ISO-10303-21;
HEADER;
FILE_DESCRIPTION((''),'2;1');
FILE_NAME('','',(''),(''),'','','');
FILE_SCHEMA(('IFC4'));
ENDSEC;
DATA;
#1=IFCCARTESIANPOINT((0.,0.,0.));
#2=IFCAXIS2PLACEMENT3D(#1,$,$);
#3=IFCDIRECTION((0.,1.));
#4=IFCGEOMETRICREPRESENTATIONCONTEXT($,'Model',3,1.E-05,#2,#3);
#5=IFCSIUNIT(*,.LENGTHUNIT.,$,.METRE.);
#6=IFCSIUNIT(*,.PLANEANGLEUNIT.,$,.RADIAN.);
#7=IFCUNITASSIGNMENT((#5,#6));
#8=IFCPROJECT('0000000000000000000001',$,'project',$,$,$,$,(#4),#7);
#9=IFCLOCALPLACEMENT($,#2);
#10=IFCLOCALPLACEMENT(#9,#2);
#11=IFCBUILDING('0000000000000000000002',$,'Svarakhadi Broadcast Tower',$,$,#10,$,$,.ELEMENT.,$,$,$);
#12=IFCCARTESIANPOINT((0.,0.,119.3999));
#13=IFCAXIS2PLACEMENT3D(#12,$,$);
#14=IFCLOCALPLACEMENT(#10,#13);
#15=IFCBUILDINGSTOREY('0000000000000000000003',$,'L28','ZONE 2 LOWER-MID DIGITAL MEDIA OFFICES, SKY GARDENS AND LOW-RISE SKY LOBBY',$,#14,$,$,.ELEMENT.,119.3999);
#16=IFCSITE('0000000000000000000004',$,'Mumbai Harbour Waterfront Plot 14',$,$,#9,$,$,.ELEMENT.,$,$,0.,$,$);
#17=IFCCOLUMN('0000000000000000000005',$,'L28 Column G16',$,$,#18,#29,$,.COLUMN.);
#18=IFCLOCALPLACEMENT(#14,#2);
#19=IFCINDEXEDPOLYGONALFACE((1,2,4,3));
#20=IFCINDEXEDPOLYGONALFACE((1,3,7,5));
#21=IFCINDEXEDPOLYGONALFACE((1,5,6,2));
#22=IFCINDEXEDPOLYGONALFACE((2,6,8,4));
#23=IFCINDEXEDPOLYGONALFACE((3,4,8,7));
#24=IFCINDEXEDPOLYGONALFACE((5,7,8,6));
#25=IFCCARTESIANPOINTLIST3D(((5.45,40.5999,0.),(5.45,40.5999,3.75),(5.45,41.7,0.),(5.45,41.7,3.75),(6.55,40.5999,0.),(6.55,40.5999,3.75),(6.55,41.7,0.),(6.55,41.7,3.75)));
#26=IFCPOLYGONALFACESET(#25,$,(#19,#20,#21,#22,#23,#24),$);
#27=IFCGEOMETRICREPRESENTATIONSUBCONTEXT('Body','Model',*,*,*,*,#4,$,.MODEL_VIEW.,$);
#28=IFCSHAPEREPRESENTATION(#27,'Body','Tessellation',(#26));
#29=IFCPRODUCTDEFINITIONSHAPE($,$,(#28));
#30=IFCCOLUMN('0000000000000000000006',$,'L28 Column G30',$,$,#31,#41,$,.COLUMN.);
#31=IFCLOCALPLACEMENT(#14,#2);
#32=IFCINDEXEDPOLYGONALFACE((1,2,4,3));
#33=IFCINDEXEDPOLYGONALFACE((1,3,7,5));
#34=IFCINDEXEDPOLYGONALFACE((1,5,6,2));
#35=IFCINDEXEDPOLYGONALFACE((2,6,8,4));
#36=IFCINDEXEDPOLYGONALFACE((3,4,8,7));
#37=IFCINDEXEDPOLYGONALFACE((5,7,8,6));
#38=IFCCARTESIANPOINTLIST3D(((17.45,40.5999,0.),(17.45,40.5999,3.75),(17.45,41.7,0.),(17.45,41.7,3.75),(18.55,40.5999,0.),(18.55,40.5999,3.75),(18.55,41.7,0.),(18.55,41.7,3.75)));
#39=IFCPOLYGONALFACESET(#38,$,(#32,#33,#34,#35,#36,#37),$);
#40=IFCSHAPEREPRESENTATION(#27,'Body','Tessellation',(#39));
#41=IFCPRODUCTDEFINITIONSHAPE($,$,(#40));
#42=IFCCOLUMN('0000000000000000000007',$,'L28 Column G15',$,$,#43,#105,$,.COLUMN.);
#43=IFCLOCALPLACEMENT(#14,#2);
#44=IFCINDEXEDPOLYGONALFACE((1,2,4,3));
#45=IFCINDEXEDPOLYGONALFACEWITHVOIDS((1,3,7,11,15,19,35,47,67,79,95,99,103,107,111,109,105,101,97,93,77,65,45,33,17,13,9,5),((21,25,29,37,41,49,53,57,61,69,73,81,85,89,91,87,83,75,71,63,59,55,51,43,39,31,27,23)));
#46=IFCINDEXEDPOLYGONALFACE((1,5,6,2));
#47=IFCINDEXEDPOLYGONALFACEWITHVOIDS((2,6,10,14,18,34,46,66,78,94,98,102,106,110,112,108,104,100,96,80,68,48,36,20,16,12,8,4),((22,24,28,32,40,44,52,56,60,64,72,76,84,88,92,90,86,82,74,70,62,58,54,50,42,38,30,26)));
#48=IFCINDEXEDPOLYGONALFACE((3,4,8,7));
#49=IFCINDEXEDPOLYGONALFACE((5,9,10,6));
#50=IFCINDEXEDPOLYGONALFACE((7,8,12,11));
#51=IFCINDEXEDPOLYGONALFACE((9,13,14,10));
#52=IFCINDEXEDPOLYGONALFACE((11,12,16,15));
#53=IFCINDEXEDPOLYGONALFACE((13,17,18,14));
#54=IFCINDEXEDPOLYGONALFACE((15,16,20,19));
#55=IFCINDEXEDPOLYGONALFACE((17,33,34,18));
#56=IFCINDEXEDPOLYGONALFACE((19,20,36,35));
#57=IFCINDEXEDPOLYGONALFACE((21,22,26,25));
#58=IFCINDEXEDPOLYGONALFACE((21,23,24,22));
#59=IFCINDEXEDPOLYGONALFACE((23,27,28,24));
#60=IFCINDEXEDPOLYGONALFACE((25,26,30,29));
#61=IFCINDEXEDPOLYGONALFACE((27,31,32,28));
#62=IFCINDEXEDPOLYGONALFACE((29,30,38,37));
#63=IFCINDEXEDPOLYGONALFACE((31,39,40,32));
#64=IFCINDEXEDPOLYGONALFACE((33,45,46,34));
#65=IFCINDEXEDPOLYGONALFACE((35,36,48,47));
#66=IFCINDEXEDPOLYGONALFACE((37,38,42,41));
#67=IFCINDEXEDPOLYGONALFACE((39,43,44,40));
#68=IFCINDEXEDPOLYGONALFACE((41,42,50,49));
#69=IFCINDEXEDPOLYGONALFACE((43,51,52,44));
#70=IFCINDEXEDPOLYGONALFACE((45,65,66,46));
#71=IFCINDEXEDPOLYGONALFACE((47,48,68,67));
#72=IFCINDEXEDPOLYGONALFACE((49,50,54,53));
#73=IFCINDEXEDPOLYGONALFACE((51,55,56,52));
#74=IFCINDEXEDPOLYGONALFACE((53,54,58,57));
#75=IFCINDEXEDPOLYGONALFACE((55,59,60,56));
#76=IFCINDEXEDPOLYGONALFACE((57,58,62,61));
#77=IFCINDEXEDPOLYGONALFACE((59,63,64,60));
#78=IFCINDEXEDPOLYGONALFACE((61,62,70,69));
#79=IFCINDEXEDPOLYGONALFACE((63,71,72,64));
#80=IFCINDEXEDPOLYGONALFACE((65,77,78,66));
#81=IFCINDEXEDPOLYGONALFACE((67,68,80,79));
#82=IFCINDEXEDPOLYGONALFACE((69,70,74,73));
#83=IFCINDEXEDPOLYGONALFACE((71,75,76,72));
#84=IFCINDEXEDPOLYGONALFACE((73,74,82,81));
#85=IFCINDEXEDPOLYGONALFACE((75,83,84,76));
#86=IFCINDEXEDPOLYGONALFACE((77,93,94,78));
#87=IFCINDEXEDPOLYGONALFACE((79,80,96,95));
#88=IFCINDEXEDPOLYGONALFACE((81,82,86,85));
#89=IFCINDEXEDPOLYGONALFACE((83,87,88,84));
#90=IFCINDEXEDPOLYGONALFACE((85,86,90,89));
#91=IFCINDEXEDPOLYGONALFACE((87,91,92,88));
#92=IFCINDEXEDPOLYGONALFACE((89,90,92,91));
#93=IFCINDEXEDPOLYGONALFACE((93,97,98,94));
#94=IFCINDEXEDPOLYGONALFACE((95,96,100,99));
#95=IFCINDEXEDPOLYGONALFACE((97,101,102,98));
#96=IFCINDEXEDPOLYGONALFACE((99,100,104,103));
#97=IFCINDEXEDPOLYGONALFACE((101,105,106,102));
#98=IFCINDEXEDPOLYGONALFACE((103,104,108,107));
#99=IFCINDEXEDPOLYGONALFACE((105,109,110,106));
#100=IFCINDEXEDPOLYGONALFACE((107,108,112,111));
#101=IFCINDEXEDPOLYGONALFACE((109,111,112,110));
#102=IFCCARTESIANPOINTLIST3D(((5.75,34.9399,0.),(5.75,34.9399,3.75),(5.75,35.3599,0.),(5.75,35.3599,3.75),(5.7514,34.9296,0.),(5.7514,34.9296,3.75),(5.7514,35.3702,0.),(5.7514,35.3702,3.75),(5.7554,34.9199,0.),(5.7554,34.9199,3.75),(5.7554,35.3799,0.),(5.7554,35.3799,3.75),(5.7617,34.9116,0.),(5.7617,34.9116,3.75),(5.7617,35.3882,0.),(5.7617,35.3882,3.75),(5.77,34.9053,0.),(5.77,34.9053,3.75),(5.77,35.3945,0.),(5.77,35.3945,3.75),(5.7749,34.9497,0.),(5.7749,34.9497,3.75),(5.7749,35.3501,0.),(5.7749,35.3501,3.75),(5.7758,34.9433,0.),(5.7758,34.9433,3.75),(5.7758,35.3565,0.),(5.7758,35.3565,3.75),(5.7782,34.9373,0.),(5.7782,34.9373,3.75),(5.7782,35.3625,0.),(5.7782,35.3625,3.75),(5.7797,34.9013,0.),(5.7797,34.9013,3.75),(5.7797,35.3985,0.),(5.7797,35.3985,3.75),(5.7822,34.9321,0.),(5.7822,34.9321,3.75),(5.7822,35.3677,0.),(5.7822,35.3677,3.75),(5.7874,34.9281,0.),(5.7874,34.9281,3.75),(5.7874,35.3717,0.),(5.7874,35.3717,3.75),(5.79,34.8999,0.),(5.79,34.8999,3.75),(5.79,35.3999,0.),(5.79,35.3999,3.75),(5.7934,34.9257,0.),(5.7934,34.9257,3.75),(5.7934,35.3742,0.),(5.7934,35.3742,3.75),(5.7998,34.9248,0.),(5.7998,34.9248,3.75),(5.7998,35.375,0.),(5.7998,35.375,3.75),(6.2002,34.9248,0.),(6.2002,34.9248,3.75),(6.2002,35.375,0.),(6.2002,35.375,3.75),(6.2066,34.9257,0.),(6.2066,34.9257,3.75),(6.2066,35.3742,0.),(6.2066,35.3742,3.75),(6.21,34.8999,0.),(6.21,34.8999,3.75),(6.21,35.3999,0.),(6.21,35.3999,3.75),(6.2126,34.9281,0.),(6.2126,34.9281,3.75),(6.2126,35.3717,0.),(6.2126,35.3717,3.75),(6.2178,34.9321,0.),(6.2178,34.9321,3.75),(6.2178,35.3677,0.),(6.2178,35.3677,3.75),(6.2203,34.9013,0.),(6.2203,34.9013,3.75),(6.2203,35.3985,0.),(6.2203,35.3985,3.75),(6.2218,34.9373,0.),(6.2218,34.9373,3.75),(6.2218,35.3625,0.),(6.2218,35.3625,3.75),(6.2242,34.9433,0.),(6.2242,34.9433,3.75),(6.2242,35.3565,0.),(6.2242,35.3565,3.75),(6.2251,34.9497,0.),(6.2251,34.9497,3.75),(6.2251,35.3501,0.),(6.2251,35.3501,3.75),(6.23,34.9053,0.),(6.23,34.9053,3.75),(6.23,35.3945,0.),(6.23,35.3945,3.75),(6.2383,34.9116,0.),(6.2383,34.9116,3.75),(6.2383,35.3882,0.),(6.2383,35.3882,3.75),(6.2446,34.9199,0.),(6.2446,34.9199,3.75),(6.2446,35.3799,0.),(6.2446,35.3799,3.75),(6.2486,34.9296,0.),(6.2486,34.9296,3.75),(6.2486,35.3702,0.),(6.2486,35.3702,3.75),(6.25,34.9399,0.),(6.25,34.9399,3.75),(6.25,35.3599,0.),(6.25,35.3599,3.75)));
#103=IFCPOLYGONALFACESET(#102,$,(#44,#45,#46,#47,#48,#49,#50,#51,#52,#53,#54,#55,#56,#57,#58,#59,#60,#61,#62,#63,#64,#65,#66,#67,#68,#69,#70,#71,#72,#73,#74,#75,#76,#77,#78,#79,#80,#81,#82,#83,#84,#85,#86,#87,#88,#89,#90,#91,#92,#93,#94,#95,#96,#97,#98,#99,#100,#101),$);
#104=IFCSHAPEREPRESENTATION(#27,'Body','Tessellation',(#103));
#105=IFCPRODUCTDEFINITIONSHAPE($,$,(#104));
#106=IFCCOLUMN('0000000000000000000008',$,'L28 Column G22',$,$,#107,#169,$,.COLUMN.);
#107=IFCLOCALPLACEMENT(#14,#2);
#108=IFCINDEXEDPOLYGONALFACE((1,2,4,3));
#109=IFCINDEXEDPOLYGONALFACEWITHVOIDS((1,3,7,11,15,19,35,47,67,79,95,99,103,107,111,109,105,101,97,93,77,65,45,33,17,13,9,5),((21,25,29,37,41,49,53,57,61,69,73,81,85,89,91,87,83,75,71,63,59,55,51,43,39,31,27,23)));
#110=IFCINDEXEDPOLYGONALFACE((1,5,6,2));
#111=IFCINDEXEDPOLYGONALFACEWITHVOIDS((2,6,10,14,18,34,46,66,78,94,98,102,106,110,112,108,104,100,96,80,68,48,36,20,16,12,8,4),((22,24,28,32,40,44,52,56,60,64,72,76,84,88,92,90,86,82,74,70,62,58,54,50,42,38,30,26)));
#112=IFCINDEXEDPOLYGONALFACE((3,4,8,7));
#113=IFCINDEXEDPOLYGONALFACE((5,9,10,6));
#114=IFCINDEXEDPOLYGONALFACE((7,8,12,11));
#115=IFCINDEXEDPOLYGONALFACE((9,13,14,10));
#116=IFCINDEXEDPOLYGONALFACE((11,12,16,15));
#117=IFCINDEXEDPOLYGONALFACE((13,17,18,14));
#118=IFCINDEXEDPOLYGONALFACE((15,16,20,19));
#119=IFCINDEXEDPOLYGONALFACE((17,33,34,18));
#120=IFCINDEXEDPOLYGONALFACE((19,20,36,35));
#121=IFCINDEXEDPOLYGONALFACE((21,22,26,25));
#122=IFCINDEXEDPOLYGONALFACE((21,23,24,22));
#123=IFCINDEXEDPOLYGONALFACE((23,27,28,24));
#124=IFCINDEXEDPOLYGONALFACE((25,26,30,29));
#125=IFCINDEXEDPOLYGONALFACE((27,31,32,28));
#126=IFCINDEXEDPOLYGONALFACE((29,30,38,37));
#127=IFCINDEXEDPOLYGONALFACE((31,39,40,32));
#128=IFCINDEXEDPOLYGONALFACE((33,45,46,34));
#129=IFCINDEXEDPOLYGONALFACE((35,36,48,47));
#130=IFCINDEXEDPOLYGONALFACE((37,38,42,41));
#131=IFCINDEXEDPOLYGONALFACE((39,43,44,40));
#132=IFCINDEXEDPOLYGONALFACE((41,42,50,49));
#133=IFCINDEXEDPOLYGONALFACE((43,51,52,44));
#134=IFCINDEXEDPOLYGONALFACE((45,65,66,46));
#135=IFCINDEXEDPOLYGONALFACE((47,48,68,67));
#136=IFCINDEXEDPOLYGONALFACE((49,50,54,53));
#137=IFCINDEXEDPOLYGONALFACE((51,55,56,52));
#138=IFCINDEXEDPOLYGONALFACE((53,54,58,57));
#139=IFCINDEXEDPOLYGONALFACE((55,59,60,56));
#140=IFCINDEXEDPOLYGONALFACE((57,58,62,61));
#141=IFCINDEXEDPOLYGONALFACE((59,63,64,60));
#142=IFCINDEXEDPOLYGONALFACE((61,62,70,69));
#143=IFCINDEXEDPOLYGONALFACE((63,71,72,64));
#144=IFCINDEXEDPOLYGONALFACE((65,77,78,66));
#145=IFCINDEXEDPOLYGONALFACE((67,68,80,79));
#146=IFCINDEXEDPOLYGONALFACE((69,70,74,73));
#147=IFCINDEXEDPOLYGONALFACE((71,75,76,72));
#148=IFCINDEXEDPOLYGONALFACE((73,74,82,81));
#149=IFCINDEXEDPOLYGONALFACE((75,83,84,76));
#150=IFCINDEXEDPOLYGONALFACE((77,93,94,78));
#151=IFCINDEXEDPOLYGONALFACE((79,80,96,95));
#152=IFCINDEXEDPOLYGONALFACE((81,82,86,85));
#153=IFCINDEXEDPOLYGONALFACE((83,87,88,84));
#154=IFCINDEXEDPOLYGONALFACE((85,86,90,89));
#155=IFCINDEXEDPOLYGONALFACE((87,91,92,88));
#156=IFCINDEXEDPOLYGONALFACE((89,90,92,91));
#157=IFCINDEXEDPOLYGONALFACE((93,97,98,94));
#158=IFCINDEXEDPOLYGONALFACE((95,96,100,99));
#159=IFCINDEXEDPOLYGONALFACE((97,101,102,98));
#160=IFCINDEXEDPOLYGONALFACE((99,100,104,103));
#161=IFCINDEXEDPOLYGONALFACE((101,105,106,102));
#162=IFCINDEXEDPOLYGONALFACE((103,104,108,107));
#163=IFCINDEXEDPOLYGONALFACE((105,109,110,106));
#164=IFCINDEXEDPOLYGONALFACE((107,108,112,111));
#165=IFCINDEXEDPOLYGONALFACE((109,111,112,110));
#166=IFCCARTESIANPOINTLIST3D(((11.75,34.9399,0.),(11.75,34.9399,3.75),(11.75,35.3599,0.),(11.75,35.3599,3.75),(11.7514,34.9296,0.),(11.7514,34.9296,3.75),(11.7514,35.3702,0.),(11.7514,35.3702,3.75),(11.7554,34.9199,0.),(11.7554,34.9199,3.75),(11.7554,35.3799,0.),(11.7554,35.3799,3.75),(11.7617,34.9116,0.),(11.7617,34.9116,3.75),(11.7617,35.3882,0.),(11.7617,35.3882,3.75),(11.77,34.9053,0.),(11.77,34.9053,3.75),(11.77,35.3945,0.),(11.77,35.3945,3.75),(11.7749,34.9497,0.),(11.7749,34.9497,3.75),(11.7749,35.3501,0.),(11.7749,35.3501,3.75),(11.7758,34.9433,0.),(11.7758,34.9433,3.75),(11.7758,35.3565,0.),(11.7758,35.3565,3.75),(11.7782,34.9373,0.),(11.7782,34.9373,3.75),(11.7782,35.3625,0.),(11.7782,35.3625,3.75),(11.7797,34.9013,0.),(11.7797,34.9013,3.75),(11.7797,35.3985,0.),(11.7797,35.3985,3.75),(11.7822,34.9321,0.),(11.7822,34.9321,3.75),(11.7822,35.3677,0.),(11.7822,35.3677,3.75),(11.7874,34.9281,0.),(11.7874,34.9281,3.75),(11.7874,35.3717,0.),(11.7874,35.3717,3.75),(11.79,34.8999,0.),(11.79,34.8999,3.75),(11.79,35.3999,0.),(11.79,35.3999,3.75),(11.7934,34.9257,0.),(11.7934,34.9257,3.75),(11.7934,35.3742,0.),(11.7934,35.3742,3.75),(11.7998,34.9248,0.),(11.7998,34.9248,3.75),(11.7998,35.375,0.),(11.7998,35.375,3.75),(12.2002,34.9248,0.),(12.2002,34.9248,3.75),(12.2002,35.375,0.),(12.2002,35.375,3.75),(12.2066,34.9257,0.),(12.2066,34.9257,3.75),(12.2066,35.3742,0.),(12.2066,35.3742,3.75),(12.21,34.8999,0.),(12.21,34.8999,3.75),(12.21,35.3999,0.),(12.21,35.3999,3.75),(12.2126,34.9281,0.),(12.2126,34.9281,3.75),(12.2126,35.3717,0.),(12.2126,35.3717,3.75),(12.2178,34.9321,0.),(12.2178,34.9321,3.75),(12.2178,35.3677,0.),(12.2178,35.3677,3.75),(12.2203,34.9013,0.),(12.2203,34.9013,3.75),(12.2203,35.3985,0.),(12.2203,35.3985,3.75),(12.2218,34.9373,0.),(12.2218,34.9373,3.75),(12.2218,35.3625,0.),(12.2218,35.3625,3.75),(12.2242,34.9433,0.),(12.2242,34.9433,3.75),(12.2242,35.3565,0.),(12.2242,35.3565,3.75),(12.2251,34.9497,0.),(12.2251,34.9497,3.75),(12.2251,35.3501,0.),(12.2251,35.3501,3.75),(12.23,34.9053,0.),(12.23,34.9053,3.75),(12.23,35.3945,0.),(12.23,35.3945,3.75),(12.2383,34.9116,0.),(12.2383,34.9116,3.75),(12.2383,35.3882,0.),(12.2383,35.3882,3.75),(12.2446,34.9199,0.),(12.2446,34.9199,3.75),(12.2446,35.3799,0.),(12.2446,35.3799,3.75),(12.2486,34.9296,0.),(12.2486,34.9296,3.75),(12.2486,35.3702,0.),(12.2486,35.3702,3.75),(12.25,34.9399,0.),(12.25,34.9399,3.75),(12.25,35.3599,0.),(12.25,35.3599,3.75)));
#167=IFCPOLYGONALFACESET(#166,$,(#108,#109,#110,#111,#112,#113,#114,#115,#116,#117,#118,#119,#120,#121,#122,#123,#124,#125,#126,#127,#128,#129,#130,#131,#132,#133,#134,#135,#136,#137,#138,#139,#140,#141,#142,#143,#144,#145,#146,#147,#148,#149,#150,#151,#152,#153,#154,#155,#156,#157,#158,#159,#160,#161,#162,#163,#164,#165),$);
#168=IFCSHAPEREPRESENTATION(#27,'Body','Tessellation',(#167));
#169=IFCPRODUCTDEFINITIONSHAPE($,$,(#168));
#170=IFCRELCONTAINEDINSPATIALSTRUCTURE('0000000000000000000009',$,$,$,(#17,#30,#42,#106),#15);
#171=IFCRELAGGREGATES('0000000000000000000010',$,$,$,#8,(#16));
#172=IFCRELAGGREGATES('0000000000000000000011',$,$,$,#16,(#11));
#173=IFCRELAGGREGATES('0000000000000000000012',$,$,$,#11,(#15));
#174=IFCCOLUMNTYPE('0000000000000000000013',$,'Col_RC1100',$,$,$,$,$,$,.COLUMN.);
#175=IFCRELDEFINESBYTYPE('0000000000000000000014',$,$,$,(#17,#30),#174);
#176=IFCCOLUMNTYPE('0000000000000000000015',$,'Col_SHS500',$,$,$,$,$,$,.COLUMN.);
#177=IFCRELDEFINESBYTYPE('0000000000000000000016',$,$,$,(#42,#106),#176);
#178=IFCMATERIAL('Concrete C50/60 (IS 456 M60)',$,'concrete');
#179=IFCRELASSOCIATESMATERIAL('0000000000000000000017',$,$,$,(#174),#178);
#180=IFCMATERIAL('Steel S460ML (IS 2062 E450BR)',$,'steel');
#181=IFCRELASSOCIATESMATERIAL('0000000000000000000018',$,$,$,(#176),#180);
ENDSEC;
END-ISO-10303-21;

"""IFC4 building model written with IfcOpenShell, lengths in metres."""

from ifc_helpers import new_model, si_unit, direction, frame, origin, origin_2d, place, context, subcontext, project, spatial, rectangle, hollow_rectangle, extrude, material, material_profile, profile_set, type_object, element, save


model = new_model("IFC4")

# Units and contexts
model_context = context("Model", 3, precision=1e-05, world=origin(), true_north=direction((0.0, 1.0)))
body_context = subcontext(model_context, "Body", "Model", "MODEL_VIEW")
ifc_project = project(units=[si_unit("LENGTHUNIT", "METRE"), si_unit("PLANEANGLEUNIT", "RADIAN")], contexts=[model_context])

# Site, building, storey
site_placement = place(None, origin())
site = spatial("IfcSite", under=ifc_project, at=site_placement, Name="Mumbai Harbour Waterfront Plot 14", CompositionType="ELEMENT", RefElevation=0.0)
building_placement = place(site_placement, origin())
building = spatial("IfcBuilding", under=site, at=building_placement, Name="Svarakhadi Broadcast Tower", CompositionType="ELEMENT")
storey_placement = place(building_placement, frame((0.0, 0.0, 119.3999)))
storey = spatial("IfcBuildingStorey", under=building, at=storey_placement, Name="L28", Description="ZONE 2 LOWER-MID DIGITAL MEDIA OFFICES, SKY GARDENS AND LOW-RISE SKY LOBBY", CompositionType="ELEMENT", Elevation=119.3999)

# Columns
ifc_material_1 = material(Name="Concrete C50/60 (IS 456 M60)", Category="concrete")
ifc_material_profile_1 = material_profile(ifc_material_1, rectangle(XDim=1.1001, YDim=1.1001, at=origin_2d()), Name="RC 1100x1100")
ifc_profile_set_1 = profile_set([ifc_material_profile_1], Name="Concrete C50/60 (IS 456 M60)")
column_type_1 = type_object("IfcColumnType", Name="Col_RC1100", PredefinedType="COLUMN", material=ifc_profile_set_1)
for number, where, z_axis, x_axis, name in (
    (1, (6.0, 41.1499, 0.0), (0.0, 0.0, 1.0), (1.0, 0.0, 0.0), "L28 Column G16"),
    (2, (18.0, 41.1499, 0.0), (0.0, 0.0, 1.0), (1.0, 0.0, 0.0), "L28 Column G30"),
):
    element("IfcColumn", number, at=place(storey_placement, frame(where, z_axis=z_axis, x_axis=x_axis)), inside=storey, type_object=column_type_1, Name=name, PredefinedType="COLUMN", context=body_context, shape_type="SweptSolid", body=[
        extrude(rectangle(XDim=1.1001, YDim=1.1001, at=origin_2d()), origin(), (0.0, 0.0, 1.0), 3.75),
    ])
ifc_material_2 = material(Name="Steel S460ML (IS 2062 E450BR)", Category="steel")
ifc_material_profile_2 = material_profile(ifc_material_2, hollow_rectangle(XDim=0.5, YDim=0.5, WallThickness=0.0249, InnerFilletRadius=0.0249, OuterFilletRadius=0.04, at=origin_2d()), Name="SHS 500x500x25")
ifc_profile_set_2 = profile_set([ifc_material_profile_2], Name="Steel S460ML (IS 2062 E450BR)")
column_type_2 = type_object("IfcColumnType", Name="Col_SHS500", PredefinedType="COLUMN", material=ifc_profile_set_2)
for number, where, z_axis, x_axis, name in (
    (3, (6.0, 35.1499, 0.0), (0.0, 0.0, 1.0), (1.0, 0.0, 0.0), "L28 Column G15"),
    (4, (12.0, 35.1499, 0.0), (0.0, 0.0, 1.0), (1.0, 0.0, 0.0), "L28 Column G22"),
):
    element("IfcColumn", number, at=place(storey_placement, frame(where, z_axis=z_axis, x_axis=x_axis)), inside=storey, type_object=column_type_2, Name=name, PredefinedType="COLUMN", context=body_context, shape_type="SweptSolid", body=[
        extrude(hollow_rectangle(XDim=0.5, YDim=0.5, WallThickness=0.0249, InnerFilletRadius=0.0249, OuterFilletRadius=0.04, at=origin_2d()), origin(), (0.0, 0.0, 1.0), 3.75),
    ])

save(model, "model.ifc")
